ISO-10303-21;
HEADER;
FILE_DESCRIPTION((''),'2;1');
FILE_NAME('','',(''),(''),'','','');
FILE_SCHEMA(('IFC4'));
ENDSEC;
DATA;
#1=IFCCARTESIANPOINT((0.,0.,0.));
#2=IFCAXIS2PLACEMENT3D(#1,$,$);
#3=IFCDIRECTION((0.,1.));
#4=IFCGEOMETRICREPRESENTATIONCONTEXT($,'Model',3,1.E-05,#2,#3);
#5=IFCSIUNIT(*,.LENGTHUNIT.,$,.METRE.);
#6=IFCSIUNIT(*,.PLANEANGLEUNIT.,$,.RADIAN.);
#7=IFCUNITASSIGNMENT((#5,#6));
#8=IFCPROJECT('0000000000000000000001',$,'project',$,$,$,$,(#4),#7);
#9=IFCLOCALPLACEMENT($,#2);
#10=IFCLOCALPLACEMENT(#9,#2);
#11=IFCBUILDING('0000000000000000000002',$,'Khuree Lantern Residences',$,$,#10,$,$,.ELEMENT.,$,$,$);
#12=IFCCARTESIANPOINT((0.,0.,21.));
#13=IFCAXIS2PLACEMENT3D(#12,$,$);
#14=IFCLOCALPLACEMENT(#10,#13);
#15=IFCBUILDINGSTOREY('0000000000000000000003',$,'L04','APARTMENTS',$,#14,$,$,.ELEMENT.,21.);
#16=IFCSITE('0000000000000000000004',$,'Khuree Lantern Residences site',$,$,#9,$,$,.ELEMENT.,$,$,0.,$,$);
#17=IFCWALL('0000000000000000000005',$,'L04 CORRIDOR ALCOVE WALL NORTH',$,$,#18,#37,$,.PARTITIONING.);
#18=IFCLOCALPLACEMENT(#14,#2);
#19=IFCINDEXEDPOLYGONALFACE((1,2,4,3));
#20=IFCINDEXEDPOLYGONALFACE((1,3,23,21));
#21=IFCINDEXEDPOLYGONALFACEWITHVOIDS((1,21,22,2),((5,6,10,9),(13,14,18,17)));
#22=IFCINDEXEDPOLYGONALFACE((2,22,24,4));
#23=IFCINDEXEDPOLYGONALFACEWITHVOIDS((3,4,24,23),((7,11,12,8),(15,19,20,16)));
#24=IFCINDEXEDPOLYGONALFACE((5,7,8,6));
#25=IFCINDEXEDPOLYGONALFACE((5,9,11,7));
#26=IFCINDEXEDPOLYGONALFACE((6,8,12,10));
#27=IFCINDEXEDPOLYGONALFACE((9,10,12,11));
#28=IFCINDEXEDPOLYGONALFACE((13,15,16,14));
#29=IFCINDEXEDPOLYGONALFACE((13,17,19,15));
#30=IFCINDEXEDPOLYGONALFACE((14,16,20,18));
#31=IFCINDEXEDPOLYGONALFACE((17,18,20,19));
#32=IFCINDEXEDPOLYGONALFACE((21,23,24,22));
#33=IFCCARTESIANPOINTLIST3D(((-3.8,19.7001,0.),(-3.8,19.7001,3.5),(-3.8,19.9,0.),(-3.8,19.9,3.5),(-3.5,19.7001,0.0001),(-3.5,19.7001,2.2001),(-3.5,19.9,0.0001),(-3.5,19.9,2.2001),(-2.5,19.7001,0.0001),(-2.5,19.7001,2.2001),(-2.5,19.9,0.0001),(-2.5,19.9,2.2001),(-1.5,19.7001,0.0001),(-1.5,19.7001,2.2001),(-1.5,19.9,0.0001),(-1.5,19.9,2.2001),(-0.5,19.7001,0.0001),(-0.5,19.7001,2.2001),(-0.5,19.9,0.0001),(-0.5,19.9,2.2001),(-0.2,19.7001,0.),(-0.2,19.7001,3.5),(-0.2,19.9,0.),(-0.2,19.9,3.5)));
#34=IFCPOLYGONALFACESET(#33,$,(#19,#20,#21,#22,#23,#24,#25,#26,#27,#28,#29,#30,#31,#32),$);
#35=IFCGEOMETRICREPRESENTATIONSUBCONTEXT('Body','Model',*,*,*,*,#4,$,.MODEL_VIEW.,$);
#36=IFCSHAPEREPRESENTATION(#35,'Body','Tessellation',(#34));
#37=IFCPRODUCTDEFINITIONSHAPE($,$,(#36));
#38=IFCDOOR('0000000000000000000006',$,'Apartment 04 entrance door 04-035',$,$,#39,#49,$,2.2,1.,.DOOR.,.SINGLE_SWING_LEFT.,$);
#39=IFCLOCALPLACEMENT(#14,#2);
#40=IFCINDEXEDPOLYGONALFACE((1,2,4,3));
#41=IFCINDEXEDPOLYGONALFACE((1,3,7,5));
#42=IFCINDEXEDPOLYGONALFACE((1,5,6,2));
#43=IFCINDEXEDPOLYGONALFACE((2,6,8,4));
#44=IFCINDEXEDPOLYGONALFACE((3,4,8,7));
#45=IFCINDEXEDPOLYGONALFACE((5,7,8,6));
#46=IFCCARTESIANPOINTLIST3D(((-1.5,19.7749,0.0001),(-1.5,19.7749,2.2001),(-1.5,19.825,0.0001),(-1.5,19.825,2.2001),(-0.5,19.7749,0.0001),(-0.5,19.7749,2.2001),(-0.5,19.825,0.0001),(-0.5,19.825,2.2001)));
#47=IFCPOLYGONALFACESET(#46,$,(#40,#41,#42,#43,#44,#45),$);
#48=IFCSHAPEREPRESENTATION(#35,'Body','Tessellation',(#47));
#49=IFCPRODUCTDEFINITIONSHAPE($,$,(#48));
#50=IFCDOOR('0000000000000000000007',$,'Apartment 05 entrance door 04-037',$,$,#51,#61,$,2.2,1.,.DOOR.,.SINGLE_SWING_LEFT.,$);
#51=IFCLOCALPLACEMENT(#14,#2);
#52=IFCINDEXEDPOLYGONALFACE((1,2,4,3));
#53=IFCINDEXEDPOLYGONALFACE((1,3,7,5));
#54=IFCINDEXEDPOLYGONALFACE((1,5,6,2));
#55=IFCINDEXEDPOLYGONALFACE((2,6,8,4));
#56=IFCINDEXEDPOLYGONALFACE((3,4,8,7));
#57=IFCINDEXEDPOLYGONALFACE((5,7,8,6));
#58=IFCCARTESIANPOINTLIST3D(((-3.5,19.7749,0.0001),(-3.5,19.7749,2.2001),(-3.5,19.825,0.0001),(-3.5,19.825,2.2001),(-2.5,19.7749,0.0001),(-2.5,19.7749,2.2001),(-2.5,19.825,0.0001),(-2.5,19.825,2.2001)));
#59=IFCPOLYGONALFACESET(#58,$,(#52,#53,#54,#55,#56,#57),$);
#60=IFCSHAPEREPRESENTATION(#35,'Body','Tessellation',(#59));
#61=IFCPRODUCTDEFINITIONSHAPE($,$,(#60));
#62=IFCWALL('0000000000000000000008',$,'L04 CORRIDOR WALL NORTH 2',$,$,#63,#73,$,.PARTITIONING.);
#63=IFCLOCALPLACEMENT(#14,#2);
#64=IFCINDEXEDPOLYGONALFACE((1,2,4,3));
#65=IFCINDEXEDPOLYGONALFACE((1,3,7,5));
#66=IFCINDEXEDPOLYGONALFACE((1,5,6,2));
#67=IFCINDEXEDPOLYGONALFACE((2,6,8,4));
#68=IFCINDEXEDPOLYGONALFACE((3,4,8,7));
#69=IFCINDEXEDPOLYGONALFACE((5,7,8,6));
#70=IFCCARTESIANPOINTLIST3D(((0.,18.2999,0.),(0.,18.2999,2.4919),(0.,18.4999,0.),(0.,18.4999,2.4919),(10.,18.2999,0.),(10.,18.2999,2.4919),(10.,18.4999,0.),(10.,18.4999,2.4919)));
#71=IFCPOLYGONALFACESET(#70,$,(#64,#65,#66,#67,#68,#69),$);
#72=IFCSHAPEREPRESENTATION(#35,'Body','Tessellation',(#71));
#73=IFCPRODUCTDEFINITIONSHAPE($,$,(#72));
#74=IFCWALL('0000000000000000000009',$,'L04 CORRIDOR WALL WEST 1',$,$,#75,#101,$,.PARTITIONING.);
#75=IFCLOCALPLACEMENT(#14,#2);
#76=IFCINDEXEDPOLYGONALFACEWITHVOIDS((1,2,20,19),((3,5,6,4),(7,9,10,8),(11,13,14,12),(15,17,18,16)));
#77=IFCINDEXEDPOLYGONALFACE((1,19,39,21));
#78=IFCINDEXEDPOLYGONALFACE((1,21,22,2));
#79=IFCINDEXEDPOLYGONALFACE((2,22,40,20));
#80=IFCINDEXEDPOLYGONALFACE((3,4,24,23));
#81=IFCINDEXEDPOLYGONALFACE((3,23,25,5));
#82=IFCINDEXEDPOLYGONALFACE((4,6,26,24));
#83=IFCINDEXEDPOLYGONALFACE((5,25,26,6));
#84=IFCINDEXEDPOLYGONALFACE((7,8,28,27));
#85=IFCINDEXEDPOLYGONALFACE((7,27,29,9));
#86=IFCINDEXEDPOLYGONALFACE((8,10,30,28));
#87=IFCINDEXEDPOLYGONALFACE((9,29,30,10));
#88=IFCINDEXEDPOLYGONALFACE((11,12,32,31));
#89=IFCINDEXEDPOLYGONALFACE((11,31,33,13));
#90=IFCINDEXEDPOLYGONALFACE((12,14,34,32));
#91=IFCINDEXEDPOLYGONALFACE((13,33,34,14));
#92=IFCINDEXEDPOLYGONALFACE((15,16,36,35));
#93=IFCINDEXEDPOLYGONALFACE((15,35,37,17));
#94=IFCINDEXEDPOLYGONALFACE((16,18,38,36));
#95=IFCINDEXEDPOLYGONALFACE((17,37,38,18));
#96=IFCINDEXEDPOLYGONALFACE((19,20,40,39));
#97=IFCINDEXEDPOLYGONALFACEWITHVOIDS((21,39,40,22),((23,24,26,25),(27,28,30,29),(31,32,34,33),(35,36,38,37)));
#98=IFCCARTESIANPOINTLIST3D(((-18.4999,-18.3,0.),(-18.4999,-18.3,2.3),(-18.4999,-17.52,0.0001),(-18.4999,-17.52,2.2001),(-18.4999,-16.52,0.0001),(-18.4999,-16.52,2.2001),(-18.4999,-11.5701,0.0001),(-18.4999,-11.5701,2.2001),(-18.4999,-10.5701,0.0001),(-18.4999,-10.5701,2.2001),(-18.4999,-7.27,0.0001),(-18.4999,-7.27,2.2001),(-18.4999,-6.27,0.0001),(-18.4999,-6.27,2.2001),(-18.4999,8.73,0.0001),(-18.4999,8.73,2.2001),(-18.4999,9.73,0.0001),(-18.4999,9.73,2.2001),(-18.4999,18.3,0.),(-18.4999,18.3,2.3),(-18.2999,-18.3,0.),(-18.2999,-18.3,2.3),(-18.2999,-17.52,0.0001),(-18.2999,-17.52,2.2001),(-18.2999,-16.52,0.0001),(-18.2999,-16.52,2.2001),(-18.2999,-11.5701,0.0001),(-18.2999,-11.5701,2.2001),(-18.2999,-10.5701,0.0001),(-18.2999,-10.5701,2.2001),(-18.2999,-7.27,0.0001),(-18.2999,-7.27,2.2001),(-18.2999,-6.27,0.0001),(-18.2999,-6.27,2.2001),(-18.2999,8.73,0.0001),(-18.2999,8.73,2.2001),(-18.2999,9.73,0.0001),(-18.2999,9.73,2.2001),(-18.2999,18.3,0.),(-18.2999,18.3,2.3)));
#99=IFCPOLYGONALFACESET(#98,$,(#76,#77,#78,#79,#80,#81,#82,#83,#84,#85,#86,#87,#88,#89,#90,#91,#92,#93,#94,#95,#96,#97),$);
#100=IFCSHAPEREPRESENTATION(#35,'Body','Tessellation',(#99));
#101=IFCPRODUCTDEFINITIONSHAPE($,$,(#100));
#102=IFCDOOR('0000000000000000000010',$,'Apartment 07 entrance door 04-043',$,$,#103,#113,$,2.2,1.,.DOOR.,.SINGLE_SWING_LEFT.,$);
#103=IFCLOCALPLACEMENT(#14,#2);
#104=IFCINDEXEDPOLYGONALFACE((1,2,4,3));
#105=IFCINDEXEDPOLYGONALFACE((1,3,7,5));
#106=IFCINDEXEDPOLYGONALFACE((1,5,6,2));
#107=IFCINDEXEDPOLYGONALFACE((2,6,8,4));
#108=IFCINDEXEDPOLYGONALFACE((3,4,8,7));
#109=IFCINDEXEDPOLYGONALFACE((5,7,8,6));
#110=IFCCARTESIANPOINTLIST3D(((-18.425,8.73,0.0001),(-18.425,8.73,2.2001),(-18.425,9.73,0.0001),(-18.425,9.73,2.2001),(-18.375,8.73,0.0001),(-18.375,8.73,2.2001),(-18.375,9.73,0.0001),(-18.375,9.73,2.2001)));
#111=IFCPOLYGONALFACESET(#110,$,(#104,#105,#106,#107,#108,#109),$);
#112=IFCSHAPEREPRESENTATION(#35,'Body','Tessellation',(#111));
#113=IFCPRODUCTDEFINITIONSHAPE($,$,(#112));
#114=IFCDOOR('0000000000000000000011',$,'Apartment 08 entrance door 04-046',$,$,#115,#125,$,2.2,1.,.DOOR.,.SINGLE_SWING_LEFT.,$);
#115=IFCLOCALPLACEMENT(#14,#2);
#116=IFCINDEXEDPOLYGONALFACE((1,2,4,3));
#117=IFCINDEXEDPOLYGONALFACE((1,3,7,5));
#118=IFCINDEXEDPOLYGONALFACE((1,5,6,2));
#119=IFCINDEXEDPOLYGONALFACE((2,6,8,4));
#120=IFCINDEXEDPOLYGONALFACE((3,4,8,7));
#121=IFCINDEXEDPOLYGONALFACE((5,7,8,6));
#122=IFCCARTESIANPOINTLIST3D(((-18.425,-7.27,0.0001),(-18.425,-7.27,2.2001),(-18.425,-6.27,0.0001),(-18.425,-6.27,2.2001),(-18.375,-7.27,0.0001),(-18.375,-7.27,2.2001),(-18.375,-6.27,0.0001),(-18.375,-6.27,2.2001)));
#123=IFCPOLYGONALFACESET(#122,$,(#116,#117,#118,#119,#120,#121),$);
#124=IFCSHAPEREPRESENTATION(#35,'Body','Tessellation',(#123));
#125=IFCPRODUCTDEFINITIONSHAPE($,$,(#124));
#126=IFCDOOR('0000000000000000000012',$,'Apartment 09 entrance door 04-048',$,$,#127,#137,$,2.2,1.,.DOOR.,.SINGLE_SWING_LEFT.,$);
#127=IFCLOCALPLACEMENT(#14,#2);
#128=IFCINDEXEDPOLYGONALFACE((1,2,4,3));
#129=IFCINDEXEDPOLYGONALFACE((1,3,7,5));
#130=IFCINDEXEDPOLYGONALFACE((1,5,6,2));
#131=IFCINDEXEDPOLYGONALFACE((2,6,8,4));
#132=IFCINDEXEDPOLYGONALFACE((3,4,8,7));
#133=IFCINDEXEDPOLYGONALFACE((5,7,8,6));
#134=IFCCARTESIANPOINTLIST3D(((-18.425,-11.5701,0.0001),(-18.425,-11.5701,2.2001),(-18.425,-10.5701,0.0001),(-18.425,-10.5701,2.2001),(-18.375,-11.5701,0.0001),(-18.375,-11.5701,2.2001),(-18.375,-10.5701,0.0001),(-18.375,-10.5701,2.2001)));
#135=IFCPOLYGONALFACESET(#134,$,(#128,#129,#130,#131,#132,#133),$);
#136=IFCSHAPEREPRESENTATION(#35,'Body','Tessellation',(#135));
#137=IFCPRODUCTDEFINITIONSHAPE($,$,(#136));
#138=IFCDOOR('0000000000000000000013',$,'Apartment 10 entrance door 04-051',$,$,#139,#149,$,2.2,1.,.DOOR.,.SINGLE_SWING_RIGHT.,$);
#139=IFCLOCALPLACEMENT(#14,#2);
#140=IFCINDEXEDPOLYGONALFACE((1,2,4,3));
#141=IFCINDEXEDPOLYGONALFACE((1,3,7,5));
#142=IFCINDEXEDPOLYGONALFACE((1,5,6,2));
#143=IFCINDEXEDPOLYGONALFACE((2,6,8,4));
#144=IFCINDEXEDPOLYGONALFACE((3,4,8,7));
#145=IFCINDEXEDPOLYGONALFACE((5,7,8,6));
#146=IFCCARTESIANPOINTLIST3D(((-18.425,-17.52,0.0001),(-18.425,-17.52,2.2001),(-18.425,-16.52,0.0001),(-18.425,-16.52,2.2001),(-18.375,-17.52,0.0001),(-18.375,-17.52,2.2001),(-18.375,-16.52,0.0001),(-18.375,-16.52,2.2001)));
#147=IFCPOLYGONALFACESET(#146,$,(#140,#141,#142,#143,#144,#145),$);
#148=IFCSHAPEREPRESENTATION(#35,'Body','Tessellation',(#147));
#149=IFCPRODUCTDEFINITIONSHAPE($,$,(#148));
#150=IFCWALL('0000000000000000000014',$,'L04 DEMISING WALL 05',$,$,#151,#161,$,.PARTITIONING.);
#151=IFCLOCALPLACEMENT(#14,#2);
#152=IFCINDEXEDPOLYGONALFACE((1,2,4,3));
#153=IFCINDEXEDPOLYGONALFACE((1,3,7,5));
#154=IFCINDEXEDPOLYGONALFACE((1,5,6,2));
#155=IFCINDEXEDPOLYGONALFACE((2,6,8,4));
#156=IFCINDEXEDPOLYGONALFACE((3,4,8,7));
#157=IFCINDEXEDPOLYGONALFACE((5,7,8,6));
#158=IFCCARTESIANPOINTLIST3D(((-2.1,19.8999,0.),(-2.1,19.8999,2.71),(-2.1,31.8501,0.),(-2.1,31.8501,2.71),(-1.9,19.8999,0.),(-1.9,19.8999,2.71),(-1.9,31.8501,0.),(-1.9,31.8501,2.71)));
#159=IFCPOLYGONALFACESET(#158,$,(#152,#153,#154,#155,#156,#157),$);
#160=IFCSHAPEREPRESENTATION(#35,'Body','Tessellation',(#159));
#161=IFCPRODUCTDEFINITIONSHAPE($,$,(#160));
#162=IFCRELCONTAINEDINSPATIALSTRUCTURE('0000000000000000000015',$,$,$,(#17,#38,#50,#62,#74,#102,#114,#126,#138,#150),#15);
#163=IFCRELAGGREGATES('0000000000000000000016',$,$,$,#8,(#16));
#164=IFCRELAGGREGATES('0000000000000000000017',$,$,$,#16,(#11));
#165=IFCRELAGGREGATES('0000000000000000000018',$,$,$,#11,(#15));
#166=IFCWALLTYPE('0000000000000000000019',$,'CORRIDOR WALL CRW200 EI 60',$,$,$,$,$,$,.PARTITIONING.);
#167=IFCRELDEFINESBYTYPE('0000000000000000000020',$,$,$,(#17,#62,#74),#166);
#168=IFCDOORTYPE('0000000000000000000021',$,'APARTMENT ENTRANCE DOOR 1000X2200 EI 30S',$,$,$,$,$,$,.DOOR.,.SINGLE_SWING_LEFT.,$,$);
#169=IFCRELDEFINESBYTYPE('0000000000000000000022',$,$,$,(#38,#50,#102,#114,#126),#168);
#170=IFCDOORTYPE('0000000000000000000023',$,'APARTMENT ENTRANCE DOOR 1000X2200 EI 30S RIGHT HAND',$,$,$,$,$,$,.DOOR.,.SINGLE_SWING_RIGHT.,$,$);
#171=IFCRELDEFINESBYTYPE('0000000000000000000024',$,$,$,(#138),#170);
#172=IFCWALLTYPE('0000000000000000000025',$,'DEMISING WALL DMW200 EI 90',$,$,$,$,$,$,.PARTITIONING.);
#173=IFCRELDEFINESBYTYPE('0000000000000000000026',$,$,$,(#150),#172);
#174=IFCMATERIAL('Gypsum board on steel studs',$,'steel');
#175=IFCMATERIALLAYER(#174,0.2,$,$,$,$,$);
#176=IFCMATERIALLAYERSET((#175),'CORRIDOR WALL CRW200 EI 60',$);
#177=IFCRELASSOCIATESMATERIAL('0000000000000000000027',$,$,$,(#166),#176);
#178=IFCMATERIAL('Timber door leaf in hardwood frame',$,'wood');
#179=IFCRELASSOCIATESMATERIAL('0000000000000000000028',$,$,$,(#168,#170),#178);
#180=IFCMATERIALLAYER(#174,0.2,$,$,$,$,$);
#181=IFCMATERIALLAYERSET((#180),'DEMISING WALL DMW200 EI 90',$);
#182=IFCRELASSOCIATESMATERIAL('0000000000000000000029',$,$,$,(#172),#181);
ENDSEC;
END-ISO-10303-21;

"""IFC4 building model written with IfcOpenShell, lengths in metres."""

from ifc_helpers import new_model, si_unit, direction, frame, frame_2d, origin, place, context, subcontext, project, spatial, rectangle, extrude, material, layer, layer_set, type_object, element, fill, save


model = new_model("IFC4")

# Units and contexts
model_context = context("Model", 3, precision=1e-05, world=origin(), true_north=direction((0.0, 1.0)))
body_context = subcontext(model_context, "Body", "Model", "MODEL_VIEW")
ifc_project = project(units=[si_unit("LENGTHUNIT", "METRE"), si_unit("PLANEANGLEUNIT", "RADIAN")], contexts=[model_context])

# Site, building, storey
site_placement = place(None, origin())
site = spatial("IfcSite", under=ifc_project, at=site_placement, Name="Khuree Lantern Residences site", CompositionType="ELEMENT", RefElevation=0.0)
building_placement = place(site_placement, origin())
building = spatial("IfcBuilding", under=site, at=building_placement, Name="Khuree Lantern Residences", CompositionType="ELEMENT")
storey_placement = place(building_placement, frame((0.0, 0.0, 21.0)))
storey = spatial("IfcBuildingStorey", under=building, at=storey_placement, Name="L04", Description="APARTMENTS", CompositionType="ELEMENT", Elevation=21.0)

# Shared definitions
ifc_material_1 = material(Name="Timber door leaf in hardwood frame", Category="wood")

# Shared definitions
ifc_material_2 = material(Name="Gypsum board on steel studs", Category="steel")
ifc_layer_1 = layer(ifc_material_2, 0.2)
ifc_layer_set_1 = layer_set([ifc_layer_1], Name="CORRIDOR WALL CRW200 EI 60")
wall_type_1 = type_object("IfcWallType", Name="CORRIDOR WALL CRW200 EI 60", PredefinedType="PARTITIONING", material=ifc_layer_set_1)
door_type_1 = type_object("IfcDoorType", Name="APARTMENT ENTRANCE DOOR 1000X2200 EI 30S", OperationType="SINGLE_SWING_LEFT", PredefinedType="DOOR", material=ifc_material_1)

# Wall, openings, doors
wall_1_placement = place(storey_placement, frame((-3.8, 19.8, 0.0), z_axis=(0.0, 0.0, 1.0), x_axis=(1.0, 0.0, 0.0)))
wall_1 = element("IfcWall", 1, at=wall_1_placement, inside=storey, type_object=wall_type_1, Name="L04 CORRIDOR ALCOVE WALL NORTH", PredefinedType="PARTITIONING", context=body_context, shape_type="SweptSolid", body=[
    extrude(rectangle(XDim=3.6001, YDim=0.2, at=frame_2d((1.8, 0.0))), origin(), (0.0, 0.0, 1.0), 3.5),
])
opening_1_placement = place(wall_1_placement, frame((2.3, 0.0, 0.0)))
opening_1 = element("IfcOpeningElement", 2, at=opening_1_placement, cuts=wall_1, PredefinedType="OPENING", context=body_context, shape_type="SweptSolid", body=[
    extrude(rectangle(XDim=1.0, YDim=2.2, at=frame_2d((0.5, 1.1001))), frame((0.0, 0.1099, 0.0), z_axis=(0.0, -1.0, 0.0), x_axis=(1.0, 0.0, 0.0)), (0.0, 0.0, 1.0), 0.22),
])
opening_2_placement = place(wall_1_placement, frame((0.3, 0.0, 0.0)))
opening_2 = element("IfcOpeningElement", 3, at=opening_2_placement, cuts=wall_1, PredefinedType="OPENING", context=body_context, shape_type="SweptSolid", body=[
    extrude(rectangle(XDim=1.0, YDim=2.2, at=frame_2d((0.5, 1.1001))), frame((0.0, 0.1099, 0.0), z_axis=(0.0, -1.0, 0.0), x_axis=(1.0, 0.0, 0.0)), (0.0, 0.0, 1.0), 0.22),
])
door_1_placement = place(opening_1_placement, origin())
door_1 = element("IfcDoor", 4, at=door_1_placement, inside=storey, type_object=door_type_1, Name="Apartment 04 entrance door 04-035", OperationType="SINGLE_SWING_LEFT", OverallHeight=2.2, OverallWidth=1.0, PredefinedType="DOOR", context=body_context, shape_type="SweptSolid", body=[
    extrude(rectangle(XDim=1.0, YDim=2.2, at=frame_2d((0.5, 1.1001))), frame((0.0, 0.0249, 0.0), z_axis=(0.0, -1.0, 0.0), x_axis=(1.0, 0.0, 0.0)), (0.0, 0.0, 1.0), 0.05),
])
fill(opening_1, door_1)
door_2_placement = place(opening_2_placement, origin())
door_2 = element("IfcDoor", 5, at=door_2_placement, inside=storey, type_object=door_type_1, Name="Apartment 05 entrance door 04-037", OperationType="SINGLE_SWING_LEFT", OverallHeight=2.2, OverallWidth=1.0, PredefinedType="DOOR", context=body_context, shape_type="SweptSolid", body=[
    extrude(rectangle(XDim=1.0, YDim=2.2, at=frame_2d((0.5, 1.1001))), frame((0.0, 0.0249, 0.0), z_axis=(0.0, -1.0, 0.0), x_axis=(1.0, 0.0, 0.0)), (0.0, 0.0, 1.0), 0.05),
])
fill(opening_2, door_2)

# Wall
wall_2_placement = place(storey_placement, frame((0.0, 18.3999, 0.0), z_axis=(0.0, 0.0, 1.0), x_axis=(1.0, 0.0, 0.0)))
element("IfcWall", 6, at=wall_2_placement, inside=storey, type_object=wall_type_1, Name="L04 CORRIDOR WALL NORTH 2", PredefinedType="PARTITIONING", context=body_context, shape_type="SweptSolid", body=[
    extrude(rectangle(XDim=10.0, YDim=0.2, at=frame_2d((5.0, 0.0))), origin(), (0.0, 0.0, 1.0), 2.4919),
])

# Wall, openings, doors
wall_3_placement = place(storey_placement, frame((-18.3999, 18.3, 0.0), z_axis=(0.0, 0.0, 1.0), x_axis=(0.0, -1.0, 0.0)))
wall_3 = element("IfcWall", 7, at=wall_3_placement, inside=storey, type_object=wall_type_1, Name="L04 CORRIDOR WALL WEST 1", PredefinedType="PARTITIONING", context=body_context, shape_type="SweptSolid", body=[
    extrude(rectangle(XDim=36.6001, YDim=0.2, at=frame_2d((18.3, 0.0))), origin(), (0.0, 0.0, 1.0), 2.3),
])
opening_3_placement = place(wall_3_placement, frame((8.5701, 0.0, 0.0)))
opening_3 = element("IfcOpeningElement", 8, at=opening_3_placement, cuts=wall_3, PredefinedType="OPENING", context=body_context, shape_type="SweptSolid", body=[
    extrude(rectangle(XDim=1.0, YDim=2.2, at=frame_2d((0.5, 1.1001))), frame((0.0, 0.1099, 0.0), z_axis=(0.0, -1.0, 0.0), x_axis=(1.0, 0.0, 0.0)), (0.0, 0.0, 1.0), 0.22),
])
opening_4_placement = place(wall_3_placement, frame((24.5701, 0.0, 0.0)))
opening_4 = element("IfcOpeningElement", 9, at=opening_4_placement, cuts=wall_3, PredefinedType="OPENING", context=body_context, shape_type="SweptSolid", body=[
    extrude(rectangle(XDim=1.0, YDim=2.2, at=frame_2d((0.5, 1.1001))), frame((0.0, 0.1099, 0.0), z_axis=(0.0, -1.0, 0.0), x_axis=(1.0, 0.0, 0.0)), (0.0, 0.0, 1.0), 0.22),
])
opening_5_placement = place(wall_3_placement, frame((28.8701, 0.0, 0.0)))
opening_5 = element("IfcOpeningElement", 10, at=opening_5_placement, cuts=wall_3, PredefinedType="OPENING", context=body_context, shape_type="SweptSolid", body=[
    extrude(rectangle(XDim=1.0, YDim=2.2, at=frame_2d((0.5, 1.1001))), frame((0.0, 0.1099, 0.0), z_axis=(0.0, -1.0, 0.0), x_axis=(1.0, 0.0, 0.0)), (0.0, 0.0, 1.0), 0.22),
])
opening_6_placement = place(wall_3_placement, frame((34.8201, 0.0, 0.0)))
opening_6 = element("IfcOpeningElement", 11, at=opening_6_placement, cuts=wall_3, PredefinedType="OPENING", context=body_context, shape_type="SweptSolid", body=[
    extrude(rectangle(XDim=1.0, YDim=2.2, at=frame_2d((0.5, 1.1001))), frame((0.0, 0.1099, 0.0), z_axis=(0.0, -1.0, 0.0), x_axis=(1.0, 0.0, 0.0)), (0.0, 0.0, 1.0), 0.22),
])
door_3_placement = place(opening_3_placement, origin())
door_3 = element("IfcDoor", 12, at=door_3_placement, inside=storey, type_object=door_type_1, Name="Apartment 07 entrance door 04-043", OperationType="SINGLE_SWING_LEFT", OverallHeight=2.2, OverallWidth=1.0, PredefinedType="DOOR", context=body_context, shape_type="SweptSolid", body=[
    extrude(rectangle(XDim=1.0, YDim=2.2, at=frame_2d((0.5, 1.1001))), frame((0.0, 0.0249, 0.0), z_axis=(0.0, -1.0, 0.0), x_axis=(1.0, 0.0, 0.0)), (0.0, 0.0, 1.0), 0.05),
])
fill(opening_3, door_3)
door_4_placement = place(opening_4_placement, origin())
door_4 = element("IfcDoor", 13, at=door_4_placement, inside=storey, type_object=door_type_1, Name="Apartment 08 entrance door 04-046", OperationType="SINGLE_SWING_LEFT", OverallHeight=2.2, OverallWidth=1.0, PredefinedType="DOOR", context=body_context, shape_type="SweptSolid", body=[
    extrude(rectangle(XDim=1.0, YDim=2.2, at=frame_2d((0.5, 1.1001))), frame((0.0, 0.0249, 0.0), z_axis=(0.0, -1.0, 0.0), x_axis=(1.0, 0.0, 0.0)), (0.0, 0.0, 1.0), 0.05),
])
fill(opening_4, door_4)
door_5_placement = place(opening_5_placement, origin())
door_5 = element("IfcDoor", 14, at=door_5_placement, inside=storey, type_object=door_type_1, Name="Apartment 09 entrance door 04-048", OperationType="SINGLE_SWING_LEFT", OverallHeight=2.2, OverallWidth=1.0, PredefinedType="DOOR", context=body_context, shape_type="SweptSolid", body=[
    extrude(rectangle(XDim=1.0, YDim=2.2, at=frame_2d((0.5, 1.1001))), frame((0.0, 0.0249, 0.0), z_axis=(0.0, -1.0, 0.0), x_axis=(1.0, 0.0, 0.0)), (0.0, 0.0, 1.0), 0.05),
])
fill(opening_5, door_5)
door_type_2 = type_object("IfcDoorType", Name="APARTMENT ENTRANCE DOOR 1000X2200 EI 30S RIGHT HAND", OperationType="SINGLE_SWING_RIGHT", PredefinedType="DOOR", material=ifc_material_1)
door_6_placement = place(opening_6_placement, origin())
door_6 = element("IfcDoor", 15, at=door_6_placement, inside=storey, type_object=door_type_2, Name="Apartment 10 entrance door 04-051", OperationType="SINGLE_SWING_RIGHT", OverallHeight=2.2, OverallWidth=1.0, PredefinedType="DOOR", context=body_context, shape_type="SweptSolid", body=[
    extrude(rectangle(XDim=1.0, YDim=2.2, at=frame_2d((0.5, 1.1001))), frame((0.0, 0.0249, 0.0), z_axis=(0.0, -1.0, 0.0), x_axis=(1.0, 0.0, 0.0)), (0.0, 0.0, 1.0), 0.05),
])
fill(opening_6, door_6)

# Wall
ifc_layer_2 = layer(ifc_material_2, 0.2)
ifc_layer_set_2 = layer_set([ifc_layer_2], Name="DEMISING WALL DMW200 EI 90")
wall_type_2 = type_object("IfcWallType", Name="DEMISING WALL DMW200 EI 90", PredefinedType="PARTITIONING", material=ifc_layer_set_2)
wall_4_placement = place(storey_placement, frame((-2.0, 19.8999, 0.0), z_axis=(0.0, 0.0, 1.0), x_axis=(0.0, 1.0, 0.0)))
element("IfcWall", 16, at=wall_4_placement, inside=storey, type_object=wall_type_2, Name="L04 DEMISING WALL 05", PredefinedType="PARTITIONING", context=body_context, shape_type="SweptSolid", body=[
    extrude(rectangle(XDim=11.9502, YDim=0.2, at=frame_2d((5.9751, 0.0))), origin(), (0.0, 0.0, 1.0), 2.71),
])

save(model, "model.ifc")
